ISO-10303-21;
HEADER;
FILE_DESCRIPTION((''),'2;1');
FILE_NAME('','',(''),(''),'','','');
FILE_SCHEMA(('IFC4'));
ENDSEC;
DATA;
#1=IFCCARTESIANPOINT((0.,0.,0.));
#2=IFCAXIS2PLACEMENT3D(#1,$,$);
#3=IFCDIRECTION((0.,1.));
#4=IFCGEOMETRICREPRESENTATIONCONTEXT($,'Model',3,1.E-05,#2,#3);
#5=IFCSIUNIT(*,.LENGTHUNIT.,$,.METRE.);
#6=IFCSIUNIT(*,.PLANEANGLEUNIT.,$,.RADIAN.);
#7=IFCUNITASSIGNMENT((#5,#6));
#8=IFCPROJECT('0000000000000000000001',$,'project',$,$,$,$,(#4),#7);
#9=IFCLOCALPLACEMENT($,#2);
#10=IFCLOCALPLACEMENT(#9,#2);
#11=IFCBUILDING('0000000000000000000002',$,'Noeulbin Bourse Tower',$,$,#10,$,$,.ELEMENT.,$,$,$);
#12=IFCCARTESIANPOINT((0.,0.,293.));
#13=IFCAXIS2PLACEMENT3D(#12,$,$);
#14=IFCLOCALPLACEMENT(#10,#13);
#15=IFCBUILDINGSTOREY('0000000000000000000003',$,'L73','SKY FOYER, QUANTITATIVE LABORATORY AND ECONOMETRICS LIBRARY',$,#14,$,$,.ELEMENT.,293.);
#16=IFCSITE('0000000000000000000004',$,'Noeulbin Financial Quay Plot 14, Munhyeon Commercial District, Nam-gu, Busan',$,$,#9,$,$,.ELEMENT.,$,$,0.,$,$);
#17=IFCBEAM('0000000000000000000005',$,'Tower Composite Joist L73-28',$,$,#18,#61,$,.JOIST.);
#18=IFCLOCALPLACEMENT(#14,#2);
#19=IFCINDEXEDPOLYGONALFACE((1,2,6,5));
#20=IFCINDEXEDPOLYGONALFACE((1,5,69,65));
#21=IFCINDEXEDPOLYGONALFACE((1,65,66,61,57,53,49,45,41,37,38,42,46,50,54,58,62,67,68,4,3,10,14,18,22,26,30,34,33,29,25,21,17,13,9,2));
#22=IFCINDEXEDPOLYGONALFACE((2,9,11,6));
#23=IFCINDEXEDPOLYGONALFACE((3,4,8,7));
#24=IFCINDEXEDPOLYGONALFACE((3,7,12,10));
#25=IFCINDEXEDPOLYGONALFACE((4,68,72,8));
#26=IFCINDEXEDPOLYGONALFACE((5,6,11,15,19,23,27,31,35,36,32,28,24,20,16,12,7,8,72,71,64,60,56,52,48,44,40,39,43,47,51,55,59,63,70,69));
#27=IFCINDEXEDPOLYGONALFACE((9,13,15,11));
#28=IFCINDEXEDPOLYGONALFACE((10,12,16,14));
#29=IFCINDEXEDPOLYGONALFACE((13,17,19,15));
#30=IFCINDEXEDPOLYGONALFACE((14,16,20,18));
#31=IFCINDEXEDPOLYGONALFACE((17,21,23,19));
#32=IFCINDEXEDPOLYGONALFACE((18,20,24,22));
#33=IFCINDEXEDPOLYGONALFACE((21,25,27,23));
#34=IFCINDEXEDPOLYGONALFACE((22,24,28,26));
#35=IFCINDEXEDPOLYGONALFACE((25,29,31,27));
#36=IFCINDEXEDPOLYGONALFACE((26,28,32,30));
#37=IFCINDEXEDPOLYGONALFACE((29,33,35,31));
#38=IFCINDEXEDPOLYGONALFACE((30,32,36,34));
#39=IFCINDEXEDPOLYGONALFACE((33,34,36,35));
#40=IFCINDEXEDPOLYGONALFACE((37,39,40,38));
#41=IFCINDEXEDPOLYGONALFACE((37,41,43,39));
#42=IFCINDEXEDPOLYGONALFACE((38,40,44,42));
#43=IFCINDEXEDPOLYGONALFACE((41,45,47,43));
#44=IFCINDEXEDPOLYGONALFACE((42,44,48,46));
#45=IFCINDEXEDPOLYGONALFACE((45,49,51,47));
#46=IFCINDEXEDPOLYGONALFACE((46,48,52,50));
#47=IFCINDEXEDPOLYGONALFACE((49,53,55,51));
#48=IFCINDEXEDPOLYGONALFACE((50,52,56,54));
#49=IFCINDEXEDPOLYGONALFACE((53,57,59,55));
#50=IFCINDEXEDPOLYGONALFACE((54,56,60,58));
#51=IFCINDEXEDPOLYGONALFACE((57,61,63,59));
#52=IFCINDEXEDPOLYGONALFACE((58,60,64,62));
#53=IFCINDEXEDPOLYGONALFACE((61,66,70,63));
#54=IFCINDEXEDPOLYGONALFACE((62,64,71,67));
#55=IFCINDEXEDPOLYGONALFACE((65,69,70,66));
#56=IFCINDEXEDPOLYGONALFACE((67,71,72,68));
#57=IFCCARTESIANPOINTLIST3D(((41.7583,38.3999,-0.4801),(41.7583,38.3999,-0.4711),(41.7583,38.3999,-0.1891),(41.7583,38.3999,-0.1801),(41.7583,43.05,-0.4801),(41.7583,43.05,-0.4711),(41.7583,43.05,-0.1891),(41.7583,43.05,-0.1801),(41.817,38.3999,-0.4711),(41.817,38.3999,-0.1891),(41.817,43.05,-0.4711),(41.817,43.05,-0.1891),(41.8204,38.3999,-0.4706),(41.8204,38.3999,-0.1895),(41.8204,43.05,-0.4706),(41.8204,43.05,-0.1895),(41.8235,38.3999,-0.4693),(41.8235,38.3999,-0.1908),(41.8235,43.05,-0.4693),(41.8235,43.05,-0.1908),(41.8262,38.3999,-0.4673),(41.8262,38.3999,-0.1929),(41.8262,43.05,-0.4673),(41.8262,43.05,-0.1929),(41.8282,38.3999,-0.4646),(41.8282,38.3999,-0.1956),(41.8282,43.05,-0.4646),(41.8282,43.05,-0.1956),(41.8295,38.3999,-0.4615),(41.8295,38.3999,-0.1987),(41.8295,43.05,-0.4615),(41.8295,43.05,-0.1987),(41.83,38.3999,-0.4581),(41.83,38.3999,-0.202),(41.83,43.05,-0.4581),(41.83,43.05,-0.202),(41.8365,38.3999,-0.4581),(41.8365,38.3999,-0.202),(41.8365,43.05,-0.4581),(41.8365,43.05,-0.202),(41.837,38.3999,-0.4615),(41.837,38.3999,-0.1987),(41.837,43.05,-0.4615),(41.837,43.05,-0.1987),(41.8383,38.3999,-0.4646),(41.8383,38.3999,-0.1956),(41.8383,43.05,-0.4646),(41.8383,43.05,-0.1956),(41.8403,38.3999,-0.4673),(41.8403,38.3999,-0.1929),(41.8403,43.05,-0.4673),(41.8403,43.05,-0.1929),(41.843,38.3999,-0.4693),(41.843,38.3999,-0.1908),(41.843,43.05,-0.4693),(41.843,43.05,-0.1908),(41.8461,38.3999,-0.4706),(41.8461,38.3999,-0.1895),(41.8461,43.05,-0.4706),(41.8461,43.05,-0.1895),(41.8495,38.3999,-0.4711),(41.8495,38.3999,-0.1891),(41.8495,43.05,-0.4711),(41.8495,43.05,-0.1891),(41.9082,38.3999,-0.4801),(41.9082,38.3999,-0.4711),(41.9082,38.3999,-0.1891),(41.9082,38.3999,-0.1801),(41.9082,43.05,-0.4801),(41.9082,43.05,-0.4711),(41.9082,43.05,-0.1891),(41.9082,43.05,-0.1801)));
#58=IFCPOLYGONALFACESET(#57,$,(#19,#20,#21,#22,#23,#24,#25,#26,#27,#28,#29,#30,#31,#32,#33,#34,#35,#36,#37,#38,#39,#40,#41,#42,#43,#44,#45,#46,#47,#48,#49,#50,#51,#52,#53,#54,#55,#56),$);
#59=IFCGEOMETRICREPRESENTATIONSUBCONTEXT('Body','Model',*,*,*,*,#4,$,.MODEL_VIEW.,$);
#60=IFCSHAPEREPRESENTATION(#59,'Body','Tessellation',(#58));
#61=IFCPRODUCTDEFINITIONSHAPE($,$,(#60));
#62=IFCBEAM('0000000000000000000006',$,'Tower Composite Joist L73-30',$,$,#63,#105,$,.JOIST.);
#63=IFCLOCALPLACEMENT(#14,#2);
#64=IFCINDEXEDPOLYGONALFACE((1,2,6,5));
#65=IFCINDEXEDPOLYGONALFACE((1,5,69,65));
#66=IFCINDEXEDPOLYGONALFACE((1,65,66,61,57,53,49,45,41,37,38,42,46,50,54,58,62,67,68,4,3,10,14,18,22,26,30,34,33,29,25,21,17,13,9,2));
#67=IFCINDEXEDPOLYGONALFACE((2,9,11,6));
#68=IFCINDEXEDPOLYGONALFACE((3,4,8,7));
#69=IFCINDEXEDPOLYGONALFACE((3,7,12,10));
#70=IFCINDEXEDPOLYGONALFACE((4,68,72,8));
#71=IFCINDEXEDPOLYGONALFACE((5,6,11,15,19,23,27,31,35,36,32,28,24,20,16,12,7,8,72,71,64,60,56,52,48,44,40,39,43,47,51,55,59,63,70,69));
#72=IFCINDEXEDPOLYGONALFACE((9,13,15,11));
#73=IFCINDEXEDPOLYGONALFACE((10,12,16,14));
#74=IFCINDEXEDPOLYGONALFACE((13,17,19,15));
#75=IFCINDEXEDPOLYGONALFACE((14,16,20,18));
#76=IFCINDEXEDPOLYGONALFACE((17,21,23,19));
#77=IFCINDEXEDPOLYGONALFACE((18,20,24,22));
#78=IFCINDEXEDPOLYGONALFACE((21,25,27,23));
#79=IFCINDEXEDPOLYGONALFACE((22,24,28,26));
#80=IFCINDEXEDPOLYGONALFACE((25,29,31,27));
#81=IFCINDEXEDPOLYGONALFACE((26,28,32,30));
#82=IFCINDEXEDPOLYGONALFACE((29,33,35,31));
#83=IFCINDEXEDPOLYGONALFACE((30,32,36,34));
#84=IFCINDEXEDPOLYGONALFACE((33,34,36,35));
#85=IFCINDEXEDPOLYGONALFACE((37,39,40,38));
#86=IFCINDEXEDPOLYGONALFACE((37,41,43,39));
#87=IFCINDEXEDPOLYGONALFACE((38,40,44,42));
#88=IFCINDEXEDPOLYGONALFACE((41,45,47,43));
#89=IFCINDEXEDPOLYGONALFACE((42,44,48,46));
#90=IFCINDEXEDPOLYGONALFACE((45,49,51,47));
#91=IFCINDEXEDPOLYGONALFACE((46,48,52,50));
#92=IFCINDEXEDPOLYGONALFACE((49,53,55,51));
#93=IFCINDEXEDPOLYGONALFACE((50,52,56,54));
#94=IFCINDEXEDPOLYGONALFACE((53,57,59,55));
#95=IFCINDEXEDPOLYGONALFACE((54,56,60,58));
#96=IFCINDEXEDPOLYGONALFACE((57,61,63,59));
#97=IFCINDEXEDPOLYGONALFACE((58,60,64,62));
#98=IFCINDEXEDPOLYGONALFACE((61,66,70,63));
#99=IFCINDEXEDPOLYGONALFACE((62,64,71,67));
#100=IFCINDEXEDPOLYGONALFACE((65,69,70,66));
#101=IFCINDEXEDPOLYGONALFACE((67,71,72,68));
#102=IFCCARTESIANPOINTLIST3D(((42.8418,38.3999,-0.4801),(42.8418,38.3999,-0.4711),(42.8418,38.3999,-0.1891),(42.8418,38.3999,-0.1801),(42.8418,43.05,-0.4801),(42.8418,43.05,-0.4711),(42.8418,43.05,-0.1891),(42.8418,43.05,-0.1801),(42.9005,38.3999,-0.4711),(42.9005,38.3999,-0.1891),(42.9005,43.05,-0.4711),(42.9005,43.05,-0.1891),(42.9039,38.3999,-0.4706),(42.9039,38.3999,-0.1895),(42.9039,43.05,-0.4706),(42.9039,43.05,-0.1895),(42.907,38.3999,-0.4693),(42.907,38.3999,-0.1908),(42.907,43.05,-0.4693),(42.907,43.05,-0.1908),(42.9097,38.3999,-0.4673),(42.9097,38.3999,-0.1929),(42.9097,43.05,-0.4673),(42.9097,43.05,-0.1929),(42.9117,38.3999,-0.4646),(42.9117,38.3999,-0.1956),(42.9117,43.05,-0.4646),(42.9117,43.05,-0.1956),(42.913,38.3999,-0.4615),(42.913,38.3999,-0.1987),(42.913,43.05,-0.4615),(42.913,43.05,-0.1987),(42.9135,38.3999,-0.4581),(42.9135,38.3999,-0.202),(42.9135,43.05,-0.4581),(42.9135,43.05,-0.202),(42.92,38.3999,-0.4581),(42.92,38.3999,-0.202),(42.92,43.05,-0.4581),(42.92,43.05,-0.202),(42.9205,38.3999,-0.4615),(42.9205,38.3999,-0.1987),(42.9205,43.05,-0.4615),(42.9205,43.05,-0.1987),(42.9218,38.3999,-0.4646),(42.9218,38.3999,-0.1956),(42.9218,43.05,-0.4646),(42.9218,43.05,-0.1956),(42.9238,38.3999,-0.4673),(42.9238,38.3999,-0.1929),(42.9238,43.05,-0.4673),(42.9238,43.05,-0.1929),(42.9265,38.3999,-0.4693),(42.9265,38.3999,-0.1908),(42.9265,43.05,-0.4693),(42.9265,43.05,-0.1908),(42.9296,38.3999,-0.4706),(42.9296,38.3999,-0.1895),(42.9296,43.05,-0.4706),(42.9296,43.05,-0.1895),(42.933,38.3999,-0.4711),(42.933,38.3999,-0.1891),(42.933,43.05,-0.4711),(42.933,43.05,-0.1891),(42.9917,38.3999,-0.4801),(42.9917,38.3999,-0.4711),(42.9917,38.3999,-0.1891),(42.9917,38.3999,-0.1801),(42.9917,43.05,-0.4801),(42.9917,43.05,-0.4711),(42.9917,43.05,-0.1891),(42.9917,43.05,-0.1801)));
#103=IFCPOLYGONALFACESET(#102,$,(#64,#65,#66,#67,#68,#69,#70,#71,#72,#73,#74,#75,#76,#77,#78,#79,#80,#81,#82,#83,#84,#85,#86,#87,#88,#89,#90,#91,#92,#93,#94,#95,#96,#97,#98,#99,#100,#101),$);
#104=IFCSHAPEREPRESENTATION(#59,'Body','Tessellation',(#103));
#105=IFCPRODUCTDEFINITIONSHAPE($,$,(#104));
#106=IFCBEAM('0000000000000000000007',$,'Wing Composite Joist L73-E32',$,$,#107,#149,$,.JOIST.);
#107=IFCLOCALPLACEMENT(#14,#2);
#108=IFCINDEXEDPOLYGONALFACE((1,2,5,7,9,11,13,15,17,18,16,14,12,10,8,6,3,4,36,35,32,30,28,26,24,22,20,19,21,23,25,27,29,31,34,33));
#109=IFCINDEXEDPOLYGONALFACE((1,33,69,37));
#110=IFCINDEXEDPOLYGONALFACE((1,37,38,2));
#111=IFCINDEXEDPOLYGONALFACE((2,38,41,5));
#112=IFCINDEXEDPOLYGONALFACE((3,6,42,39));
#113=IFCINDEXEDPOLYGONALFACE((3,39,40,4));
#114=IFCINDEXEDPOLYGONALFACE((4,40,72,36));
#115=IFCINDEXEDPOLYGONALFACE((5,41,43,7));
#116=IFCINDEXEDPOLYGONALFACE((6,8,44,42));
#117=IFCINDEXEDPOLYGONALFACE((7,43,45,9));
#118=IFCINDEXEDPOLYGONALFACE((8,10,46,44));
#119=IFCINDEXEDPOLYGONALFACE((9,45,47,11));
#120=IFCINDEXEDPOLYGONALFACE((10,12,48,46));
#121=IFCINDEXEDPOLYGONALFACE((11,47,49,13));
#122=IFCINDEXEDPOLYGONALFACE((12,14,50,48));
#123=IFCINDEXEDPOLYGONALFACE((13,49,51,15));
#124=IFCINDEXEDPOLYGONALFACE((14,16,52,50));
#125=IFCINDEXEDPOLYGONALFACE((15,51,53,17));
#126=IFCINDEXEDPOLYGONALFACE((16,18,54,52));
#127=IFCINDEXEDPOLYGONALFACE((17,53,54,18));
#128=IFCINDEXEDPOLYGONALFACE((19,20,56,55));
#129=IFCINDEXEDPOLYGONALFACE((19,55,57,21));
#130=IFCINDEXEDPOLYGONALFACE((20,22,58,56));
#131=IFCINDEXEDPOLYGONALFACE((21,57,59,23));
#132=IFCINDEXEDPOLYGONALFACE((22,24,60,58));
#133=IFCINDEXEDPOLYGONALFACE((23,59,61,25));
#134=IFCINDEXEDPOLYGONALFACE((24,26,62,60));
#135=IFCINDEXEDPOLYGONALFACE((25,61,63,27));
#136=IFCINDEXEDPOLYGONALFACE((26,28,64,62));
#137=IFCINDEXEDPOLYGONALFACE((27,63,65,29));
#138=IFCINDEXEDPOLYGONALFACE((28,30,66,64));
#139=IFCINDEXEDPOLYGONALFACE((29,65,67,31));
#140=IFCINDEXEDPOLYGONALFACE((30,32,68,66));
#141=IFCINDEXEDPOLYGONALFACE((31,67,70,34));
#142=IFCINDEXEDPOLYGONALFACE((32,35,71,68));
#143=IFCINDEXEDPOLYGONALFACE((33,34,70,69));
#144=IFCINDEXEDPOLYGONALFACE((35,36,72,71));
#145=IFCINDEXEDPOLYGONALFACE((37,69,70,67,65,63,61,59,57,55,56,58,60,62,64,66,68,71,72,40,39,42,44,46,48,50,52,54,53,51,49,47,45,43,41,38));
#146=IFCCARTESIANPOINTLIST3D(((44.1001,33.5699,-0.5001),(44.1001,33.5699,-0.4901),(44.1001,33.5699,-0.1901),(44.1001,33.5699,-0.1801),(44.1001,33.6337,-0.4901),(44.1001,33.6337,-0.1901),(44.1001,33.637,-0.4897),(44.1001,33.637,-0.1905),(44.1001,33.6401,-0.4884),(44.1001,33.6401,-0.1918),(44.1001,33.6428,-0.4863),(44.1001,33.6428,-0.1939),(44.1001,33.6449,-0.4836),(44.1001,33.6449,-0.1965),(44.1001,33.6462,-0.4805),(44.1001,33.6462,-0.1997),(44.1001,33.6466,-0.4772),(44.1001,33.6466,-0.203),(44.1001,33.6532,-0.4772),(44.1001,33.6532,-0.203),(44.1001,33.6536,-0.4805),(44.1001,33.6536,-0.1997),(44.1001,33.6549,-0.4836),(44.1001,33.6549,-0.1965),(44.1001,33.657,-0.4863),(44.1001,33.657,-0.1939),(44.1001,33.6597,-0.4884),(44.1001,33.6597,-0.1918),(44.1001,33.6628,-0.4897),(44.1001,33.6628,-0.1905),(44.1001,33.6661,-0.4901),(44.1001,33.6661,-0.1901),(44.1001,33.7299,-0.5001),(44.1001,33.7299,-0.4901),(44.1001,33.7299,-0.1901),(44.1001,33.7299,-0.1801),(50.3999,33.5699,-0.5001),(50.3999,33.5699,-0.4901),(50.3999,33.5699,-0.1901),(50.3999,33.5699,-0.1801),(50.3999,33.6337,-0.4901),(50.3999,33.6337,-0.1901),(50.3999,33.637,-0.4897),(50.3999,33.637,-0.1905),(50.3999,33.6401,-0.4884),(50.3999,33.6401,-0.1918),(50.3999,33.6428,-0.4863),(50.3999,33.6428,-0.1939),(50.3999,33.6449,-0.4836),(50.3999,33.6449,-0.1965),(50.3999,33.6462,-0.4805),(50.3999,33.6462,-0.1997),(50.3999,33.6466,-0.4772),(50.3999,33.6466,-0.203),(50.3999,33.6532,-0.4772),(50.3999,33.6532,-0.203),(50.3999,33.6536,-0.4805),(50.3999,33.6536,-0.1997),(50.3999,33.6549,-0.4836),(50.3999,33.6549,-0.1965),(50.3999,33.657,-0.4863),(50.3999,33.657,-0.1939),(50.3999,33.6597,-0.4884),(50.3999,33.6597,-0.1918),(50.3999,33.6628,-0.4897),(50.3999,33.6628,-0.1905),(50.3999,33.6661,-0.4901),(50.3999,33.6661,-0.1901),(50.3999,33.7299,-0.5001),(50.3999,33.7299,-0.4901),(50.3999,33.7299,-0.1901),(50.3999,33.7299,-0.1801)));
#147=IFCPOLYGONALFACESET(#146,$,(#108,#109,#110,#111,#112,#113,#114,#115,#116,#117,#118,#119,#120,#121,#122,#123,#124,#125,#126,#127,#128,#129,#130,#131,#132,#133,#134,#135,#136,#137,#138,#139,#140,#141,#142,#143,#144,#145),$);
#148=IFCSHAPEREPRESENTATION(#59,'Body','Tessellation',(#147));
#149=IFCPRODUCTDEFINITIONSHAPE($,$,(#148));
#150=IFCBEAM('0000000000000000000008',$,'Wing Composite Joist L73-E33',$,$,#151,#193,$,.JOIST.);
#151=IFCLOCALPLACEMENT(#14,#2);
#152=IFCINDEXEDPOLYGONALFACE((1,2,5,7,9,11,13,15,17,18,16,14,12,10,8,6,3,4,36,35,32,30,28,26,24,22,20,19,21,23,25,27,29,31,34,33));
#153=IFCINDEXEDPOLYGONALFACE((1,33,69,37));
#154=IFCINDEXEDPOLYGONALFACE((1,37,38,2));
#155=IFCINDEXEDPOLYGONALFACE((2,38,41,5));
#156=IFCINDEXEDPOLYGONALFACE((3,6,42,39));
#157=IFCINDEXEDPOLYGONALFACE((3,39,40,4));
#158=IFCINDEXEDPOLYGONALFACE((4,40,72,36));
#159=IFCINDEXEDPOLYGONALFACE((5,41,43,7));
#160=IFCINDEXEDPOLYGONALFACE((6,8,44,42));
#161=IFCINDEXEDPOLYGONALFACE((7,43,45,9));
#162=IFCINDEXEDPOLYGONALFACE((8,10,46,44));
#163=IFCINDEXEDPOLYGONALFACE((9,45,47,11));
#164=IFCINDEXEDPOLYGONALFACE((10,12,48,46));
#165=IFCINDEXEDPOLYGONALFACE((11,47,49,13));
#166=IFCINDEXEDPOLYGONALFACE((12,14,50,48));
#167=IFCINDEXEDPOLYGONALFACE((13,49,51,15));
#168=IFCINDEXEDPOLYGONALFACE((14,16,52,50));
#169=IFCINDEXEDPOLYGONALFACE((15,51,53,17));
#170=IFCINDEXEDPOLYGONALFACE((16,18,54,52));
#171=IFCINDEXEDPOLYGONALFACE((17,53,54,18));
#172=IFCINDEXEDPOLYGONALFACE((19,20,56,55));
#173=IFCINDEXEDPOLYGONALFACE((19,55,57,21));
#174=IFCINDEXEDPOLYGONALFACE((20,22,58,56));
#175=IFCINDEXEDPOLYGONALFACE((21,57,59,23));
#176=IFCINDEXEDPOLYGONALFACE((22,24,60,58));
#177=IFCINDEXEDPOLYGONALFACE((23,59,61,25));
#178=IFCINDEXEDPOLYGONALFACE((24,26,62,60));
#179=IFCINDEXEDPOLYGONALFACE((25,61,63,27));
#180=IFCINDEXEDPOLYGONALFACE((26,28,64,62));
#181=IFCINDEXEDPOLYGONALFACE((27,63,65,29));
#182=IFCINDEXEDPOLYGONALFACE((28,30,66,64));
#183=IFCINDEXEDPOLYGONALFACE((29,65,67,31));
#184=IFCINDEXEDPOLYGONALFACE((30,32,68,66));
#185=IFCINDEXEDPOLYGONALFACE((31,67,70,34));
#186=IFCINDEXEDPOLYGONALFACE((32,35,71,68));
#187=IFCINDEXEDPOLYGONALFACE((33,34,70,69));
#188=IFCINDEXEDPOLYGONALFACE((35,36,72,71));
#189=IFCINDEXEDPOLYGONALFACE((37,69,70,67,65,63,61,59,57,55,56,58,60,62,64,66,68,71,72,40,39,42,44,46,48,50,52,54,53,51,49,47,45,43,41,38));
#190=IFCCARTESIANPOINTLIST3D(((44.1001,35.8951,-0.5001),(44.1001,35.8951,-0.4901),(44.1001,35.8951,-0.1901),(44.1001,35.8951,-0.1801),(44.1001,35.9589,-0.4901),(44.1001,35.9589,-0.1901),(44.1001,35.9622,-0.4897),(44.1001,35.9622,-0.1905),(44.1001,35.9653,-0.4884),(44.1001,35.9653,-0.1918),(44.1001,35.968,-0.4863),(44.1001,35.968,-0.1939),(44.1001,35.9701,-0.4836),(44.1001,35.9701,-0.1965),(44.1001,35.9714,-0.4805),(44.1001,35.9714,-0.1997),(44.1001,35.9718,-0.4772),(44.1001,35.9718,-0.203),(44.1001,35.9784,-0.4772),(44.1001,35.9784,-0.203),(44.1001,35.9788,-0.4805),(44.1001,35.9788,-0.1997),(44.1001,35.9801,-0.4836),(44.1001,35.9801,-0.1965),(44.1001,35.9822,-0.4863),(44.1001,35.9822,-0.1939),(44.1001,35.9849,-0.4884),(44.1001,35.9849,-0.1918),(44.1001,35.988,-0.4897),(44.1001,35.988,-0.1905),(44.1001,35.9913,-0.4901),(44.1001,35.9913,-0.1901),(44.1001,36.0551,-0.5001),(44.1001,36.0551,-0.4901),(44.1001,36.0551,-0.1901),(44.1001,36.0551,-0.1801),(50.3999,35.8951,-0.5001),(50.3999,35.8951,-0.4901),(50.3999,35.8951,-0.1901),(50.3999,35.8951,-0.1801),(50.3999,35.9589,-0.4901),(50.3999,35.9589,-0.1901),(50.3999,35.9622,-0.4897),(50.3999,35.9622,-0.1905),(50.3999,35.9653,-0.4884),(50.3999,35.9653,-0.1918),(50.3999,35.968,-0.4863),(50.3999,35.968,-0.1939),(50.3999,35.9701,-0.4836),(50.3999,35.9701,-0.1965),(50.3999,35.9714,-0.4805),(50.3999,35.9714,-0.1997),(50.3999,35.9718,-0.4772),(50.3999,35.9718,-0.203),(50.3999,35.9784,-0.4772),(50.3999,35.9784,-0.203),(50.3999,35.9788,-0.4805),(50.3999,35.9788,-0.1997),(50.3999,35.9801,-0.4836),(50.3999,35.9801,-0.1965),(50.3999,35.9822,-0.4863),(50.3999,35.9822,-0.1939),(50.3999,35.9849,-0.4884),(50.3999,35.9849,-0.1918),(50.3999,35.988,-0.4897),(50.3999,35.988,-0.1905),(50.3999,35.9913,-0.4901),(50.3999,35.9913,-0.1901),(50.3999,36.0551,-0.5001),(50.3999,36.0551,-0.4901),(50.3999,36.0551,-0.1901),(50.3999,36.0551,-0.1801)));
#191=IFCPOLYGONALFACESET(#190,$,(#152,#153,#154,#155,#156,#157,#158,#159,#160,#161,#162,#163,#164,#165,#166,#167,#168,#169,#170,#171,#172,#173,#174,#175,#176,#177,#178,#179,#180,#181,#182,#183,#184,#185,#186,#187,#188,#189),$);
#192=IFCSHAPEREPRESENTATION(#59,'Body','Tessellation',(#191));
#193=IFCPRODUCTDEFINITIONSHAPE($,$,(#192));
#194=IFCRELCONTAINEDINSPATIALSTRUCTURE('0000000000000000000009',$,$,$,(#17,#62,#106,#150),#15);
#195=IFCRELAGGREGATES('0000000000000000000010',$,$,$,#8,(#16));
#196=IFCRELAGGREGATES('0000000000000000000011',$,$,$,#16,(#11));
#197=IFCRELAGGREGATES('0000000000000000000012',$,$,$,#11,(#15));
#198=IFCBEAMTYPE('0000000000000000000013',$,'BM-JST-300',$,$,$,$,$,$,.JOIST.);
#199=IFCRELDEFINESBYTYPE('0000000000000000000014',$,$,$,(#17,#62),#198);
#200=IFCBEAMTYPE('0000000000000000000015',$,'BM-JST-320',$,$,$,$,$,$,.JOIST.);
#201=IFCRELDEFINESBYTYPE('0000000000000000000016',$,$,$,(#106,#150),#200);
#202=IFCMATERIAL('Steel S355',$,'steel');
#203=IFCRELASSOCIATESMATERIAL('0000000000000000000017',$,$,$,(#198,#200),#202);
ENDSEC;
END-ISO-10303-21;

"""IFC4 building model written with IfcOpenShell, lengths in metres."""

from ifc_helpers import new_model, si_unit, direction, frame, origin, origin_2d, place, context, subcontext, project, spatial, i_section, extrude, material, material_profile, profile_set, type_object, element, save


model = new_model("IFC4")

# Units and contexts
model_context = context("Model", 3, precision=1e-05, world=origin(), true_north=direction((0.0, 1.0)))
body_context = subcontext(model_context, "Body", "Model", "MODEL_VIEW")
ifc_project = project(units=[si_unit("LENGTHUNIT", "METRE"), si_unit("PLANEANGLEUNIT", "RADIAN")], contexts=[model_context])

# Site, building, storey
site_placement = place(None, origin())
site = spatial("IfcSite", under=ifc_project, at=site_placement, Name="Noeulbin Financial Quay Plot 14, Munhyeon Commercial District, Nam-gu, Busan", CompositionType="ELEMENT", RefElevation=0.0)
building_placement = place(site_placement, origin())
building = spatial("IfcBuilding", under=site, at=building_placement, Name="Noeulbin Bourse Tower", CompositionType="ELEMENT")
storey_placement = place(building_placement, frame((0.0, 0.0, 293.0)))
storey = spatial("IfcBuildingStorey", under=building, at=storey_placement, Name="L73", Description="SKY FOYER, QUANTITATIVE LABORATORY AND ECONOMETRICS LIBRARY", CompositionType="ELEMENT", Elevation=293.0)

# Shared definitions
ifc_material_1 = material(Name="Steel S355", Category="steel")

# Beams
ifc_material_profile_1 = material_profile(ifc_material_1, i_section(OverallWidth=0.1499, OverallDepth=0.3, WebThickness=0.0066, FlangeThickness=0.009, FilletRadius=0.0129, at=origin_2d()), Name="H-300x150x6.5x9", Category="LoadBearing")
ifc_profile_set_1 = profile_set([ifc_material_profile_1], Name="Steel S355")
beam_type_1 = type_object("IfcBeamType", Name="BM-JST-300", PredefinedType="JOIST", material=ifc_profile_set_1)
for number, where, z_axis, x_axis, name in (
    (1, (41.8333, 38.3999, -0.3301), (0.0, 1.0, 0.0), (-1.0, 0.0, 0.0), "Tower Composite Joist L73-28"),
    (2, (42.9167, 38.3999, -0.3301), (0.0, 1.0, 0.0), (-1.0, 0.0, 0.0), "Tower Composite Joist L73-30"),
):
    element("IfcBeam", number, at=place(storey_placement, frame(where, z_axis=z_axis, x_axis=x_axis)), inside=storey, type_object=beam_type_1, Name=name, PredefinedType="JOIST", context=body_context, shape_type="SweptSolid", body=[
        extrude(i_section(OverallWidth=0.1499, OverallDepth=0.3, WebThickness=0.0066, FlangeThickness=0.009, FilletRadius=0.0129, at=origin_2d()), origin(), (0.0, 0.0, 1.0), 4.6501),
    ])
ifc_material_profile_2 = material_profile(ifc_material_1, i_section(OverallWidth=0.1599, OverallDepth=0.3201, WebThickness=0.0066, FlangeThickness=0.01, FilletRadius=0.0129, at=origin_2d()), Name="H-320x160x6.5x10", Category="LoadBearing")
ifc_profile_set_2 = profile_set([ifc_material_profile_2], Name="Steel S355")
beam_type_2 = type_object("IfcBeamType", Name="BM-JST-320", PredefinedType="JOIST", material=ifc_profile_set_2)
for number, where, z_axis, x_axis, name in (
    (3, (44.1001, 33.6499, -0.3401), (1.0, 0.0, 0.0), (0.0, 1.0, 0.0), "Wing Composite Joist L73-E32"),
    (4, (44.1001, 35.9751, -0.3401), (1.0, 0.0, 0.0), (0.0, 1.0, 0.0), "Wing Composite Joist L73-E33"),
):
    element("IfcBeam", number, at=place(storey_placement, frame(where, z_axis=z_axis, x_axis=x_axis)), inside=storey, type_object=beam_type_2, Name=name, PredefinedType="JOIST", context=body_context, shape_type="SweptSolid", body=[
        extrude(i_section(OverallWidth=0.1599, OverallDepth=0.3201, WebThickness=0.0066, FlangeThickness=0.01, FilletRadius=0.0129, at=origin_2d()), origin(), (0.0, 0.0, 1.0), 6.2998),
    ])

save(model, "model.ifc")
